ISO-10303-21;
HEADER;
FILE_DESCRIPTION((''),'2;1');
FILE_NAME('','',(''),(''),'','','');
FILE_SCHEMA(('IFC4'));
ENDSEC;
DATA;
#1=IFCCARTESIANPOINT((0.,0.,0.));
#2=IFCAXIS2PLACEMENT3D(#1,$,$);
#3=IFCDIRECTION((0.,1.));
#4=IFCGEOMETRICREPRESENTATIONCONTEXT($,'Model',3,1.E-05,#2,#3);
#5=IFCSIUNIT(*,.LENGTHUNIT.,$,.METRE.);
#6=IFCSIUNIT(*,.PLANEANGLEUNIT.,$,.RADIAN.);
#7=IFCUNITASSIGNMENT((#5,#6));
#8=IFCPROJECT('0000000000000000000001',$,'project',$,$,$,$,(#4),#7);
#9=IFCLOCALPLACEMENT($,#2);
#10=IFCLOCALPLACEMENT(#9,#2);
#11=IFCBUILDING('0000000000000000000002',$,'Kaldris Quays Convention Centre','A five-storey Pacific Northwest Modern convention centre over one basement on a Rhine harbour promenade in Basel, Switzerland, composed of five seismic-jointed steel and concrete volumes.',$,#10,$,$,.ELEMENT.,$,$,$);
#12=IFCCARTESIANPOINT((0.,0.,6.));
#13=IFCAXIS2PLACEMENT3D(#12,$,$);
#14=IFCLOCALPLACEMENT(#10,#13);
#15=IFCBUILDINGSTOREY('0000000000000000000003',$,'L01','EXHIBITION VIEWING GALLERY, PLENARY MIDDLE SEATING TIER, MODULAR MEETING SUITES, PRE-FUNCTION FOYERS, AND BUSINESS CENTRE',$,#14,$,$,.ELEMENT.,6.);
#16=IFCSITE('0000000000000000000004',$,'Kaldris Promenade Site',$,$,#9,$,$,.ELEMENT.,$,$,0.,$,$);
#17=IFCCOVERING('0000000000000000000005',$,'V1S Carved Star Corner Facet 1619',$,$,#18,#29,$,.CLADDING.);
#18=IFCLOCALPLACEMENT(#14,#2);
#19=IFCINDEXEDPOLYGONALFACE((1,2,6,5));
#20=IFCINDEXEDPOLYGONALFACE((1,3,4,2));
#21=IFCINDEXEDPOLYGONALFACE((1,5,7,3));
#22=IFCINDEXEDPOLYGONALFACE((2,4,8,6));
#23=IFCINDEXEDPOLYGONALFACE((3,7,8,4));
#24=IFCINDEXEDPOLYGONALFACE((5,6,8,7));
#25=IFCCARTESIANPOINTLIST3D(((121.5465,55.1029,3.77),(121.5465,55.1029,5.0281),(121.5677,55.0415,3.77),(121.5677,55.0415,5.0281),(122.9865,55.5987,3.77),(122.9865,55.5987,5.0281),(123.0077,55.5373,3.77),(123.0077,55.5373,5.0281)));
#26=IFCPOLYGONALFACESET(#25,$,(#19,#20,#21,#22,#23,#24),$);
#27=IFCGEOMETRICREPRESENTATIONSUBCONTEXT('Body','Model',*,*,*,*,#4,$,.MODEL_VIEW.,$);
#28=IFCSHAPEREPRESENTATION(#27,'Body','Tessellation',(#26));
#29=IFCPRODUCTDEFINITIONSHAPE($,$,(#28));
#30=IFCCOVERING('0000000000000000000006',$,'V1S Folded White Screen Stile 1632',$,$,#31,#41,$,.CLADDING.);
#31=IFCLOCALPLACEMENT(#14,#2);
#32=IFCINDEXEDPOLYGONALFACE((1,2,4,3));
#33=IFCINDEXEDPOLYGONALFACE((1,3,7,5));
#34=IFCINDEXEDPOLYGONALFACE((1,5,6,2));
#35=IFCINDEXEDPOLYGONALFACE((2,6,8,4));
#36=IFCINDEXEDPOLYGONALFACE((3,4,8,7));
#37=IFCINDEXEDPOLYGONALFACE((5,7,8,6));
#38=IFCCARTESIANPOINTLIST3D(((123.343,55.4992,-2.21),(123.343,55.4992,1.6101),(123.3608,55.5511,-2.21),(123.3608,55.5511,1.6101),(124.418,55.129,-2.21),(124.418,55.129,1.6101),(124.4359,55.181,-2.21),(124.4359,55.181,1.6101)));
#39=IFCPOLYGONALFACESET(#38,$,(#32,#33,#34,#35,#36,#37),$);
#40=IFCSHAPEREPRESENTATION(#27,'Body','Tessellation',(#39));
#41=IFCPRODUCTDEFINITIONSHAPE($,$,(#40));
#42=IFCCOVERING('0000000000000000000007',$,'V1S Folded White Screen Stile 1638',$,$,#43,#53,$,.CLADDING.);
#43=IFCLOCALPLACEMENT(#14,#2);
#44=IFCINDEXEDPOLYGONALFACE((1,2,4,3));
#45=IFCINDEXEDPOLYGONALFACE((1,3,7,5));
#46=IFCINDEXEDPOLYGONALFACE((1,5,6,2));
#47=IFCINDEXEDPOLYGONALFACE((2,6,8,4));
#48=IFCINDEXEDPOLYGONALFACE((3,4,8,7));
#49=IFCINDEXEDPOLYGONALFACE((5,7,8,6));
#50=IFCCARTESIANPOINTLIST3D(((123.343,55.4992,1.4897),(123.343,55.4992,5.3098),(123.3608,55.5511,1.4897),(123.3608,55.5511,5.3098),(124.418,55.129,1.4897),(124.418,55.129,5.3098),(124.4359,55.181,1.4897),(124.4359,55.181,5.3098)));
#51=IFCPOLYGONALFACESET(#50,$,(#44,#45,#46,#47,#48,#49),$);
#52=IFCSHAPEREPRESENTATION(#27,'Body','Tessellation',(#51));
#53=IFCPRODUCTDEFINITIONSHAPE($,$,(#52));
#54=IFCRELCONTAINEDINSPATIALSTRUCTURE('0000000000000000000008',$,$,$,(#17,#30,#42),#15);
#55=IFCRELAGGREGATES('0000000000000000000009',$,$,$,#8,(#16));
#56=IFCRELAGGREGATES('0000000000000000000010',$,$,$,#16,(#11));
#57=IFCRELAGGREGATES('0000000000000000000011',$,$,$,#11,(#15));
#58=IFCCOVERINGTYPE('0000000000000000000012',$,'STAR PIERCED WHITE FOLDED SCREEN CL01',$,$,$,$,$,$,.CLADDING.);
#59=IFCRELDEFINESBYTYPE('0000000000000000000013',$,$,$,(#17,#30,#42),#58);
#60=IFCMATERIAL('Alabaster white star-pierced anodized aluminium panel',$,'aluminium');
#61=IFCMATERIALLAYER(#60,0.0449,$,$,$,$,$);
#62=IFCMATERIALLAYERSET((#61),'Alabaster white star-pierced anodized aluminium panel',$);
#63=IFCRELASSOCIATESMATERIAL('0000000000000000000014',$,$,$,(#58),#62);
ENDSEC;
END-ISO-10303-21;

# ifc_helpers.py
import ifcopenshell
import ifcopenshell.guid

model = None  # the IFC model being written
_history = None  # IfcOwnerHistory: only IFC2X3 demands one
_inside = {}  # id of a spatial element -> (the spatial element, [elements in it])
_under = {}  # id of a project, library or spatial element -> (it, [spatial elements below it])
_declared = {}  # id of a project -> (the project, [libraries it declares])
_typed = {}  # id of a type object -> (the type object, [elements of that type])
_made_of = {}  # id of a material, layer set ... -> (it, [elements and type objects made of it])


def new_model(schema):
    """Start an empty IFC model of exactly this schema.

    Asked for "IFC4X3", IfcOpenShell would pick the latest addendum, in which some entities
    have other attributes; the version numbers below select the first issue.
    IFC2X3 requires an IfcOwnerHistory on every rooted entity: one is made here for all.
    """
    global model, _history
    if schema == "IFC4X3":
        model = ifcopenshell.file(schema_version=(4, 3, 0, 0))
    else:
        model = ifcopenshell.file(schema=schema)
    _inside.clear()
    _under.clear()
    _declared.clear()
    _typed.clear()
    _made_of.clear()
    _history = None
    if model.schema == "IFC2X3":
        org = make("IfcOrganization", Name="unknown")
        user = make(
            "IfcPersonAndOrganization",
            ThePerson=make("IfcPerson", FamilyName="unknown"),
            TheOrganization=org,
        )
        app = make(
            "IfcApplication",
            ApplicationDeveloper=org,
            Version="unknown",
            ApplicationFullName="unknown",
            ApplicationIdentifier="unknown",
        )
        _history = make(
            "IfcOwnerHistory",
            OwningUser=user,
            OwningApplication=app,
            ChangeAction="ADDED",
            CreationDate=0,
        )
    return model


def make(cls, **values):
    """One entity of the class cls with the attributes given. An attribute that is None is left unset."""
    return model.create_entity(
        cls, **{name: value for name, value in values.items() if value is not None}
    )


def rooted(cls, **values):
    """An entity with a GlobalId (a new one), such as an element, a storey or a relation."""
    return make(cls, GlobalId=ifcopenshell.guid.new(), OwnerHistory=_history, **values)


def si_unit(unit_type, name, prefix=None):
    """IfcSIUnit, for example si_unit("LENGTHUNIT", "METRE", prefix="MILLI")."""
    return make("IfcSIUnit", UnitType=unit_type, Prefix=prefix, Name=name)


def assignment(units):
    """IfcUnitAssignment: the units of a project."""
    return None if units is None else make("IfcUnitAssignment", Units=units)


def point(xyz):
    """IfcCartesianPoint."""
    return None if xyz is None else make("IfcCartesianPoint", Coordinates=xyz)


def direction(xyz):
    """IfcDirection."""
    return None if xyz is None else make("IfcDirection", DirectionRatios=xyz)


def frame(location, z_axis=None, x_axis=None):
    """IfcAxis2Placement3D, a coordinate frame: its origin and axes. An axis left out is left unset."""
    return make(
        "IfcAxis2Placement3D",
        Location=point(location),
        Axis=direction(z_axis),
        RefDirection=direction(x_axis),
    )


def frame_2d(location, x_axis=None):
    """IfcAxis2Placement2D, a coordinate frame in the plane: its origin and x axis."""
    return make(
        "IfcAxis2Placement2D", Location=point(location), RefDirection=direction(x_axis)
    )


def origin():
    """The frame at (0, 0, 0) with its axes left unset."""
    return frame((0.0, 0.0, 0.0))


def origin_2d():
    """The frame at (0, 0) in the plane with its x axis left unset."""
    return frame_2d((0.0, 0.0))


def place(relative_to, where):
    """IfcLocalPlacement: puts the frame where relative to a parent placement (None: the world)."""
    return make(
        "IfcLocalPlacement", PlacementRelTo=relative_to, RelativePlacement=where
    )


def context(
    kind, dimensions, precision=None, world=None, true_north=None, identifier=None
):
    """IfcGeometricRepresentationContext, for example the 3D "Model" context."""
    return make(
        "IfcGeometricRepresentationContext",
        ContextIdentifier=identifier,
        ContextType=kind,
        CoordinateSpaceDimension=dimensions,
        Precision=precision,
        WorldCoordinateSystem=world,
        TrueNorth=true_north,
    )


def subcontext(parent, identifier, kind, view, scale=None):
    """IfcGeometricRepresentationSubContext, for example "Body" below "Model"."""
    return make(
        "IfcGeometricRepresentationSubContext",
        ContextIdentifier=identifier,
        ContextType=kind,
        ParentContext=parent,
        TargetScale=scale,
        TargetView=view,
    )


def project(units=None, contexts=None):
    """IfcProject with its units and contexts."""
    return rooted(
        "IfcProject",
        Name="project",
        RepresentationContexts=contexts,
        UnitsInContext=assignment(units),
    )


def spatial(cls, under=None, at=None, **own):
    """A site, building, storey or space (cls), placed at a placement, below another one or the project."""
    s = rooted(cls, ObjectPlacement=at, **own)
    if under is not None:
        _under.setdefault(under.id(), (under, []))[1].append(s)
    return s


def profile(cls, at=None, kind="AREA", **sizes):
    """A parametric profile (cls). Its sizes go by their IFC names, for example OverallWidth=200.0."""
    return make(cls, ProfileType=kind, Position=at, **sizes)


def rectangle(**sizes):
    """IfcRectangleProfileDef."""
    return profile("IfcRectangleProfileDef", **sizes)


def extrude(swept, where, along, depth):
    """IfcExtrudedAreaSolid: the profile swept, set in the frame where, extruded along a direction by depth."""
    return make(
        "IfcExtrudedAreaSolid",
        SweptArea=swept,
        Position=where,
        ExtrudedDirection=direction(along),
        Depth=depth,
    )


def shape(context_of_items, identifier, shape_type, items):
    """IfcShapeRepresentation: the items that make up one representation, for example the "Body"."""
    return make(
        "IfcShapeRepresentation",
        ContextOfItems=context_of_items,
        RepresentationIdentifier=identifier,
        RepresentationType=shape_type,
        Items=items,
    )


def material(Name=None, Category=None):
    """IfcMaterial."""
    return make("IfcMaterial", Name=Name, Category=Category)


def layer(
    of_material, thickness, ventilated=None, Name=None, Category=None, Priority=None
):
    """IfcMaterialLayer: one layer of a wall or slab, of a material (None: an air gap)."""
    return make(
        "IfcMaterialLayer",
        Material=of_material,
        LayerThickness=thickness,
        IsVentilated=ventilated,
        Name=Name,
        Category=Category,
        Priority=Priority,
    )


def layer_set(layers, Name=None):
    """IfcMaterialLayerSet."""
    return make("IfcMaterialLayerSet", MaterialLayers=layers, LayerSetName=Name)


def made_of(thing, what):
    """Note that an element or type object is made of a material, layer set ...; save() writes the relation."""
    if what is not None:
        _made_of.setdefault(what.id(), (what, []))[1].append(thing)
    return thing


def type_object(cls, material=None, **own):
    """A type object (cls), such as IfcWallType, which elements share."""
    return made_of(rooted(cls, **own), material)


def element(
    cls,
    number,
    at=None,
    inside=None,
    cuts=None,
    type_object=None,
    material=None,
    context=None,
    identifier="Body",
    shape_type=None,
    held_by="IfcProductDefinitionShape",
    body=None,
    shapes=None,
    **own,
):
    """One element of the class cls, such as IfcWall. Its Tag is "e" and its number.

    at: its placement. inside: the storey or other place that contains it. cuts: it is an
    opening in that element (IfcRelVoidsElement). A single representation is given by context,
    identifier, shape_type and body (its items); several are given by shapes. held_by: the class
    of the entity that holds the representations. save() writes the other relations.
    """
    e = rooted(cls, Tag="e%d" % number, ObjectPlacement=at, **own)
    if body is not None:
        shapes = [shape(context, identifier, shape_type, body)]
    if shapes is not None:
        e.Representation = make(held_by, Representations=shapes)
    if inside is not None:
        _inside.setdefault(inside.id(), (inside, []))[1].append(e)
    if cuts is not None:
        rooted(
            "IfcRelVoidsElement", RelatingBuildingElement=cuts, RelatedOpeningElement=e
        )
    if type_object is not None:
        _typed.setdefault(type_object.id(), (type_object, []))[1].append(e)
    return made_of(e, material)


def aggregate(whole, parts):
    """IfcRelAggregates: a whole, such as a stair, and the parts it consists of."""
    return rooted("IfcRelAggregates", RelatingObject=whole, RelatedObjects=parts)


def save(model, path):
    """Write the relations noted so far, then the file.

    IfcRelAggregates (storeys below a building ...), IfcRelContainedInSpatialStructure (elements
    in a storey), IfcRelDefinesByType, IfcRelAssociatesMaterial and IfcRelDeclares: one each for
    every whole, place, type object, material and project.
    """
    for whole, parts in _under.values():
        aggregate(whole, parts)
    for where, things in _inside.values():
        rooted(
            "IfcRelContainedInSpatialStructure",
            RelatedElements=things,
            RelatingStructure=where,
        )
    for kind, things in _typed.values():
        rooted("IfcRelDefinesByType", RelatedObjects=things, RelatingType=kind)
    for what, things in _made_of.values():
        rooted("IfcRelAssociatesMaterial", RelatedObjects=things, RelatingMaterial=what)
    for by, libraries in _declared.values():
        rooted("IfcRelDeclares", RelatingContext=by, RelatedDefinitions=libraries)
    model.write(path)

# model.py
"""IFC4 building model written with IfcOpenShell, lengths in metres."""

from ifc_helpers import new_model, si_unit, direction, frame, origin, origin_2d, place, context, subcontext, project, spatial, rectangle, extrude, material, layer, layer_set, type_object, element, save


model = new_model("IFC4")

# Units and contexts
model_context = context("Model", 3, precision=1e-05, world=origin(), true_north=direction((0.0, 1.0)))
body_context = subcontext(model_context, "Body", "Model", "MODEL_VIEW")
ifc_project = project(units=[si_unit("LENGTHUNIT", "METRE"), si_unit("PLANEANGLEUNIT", "RADIAN")], contexts=[model_context])

# Site, building, storey
site_placement = place(None, origin())
site = spatial("IfcSite", under=ifc_project, at=site_placement, Name="Kaldris Promenade Site", CompositionType="ELEMENT", RefElevation=0.0)
building_placement = place(site_placement, origin())
building = spatial("IfcBuilding", under=site, at=building_placement, Name="Kaldris Quays Convention Centre", Description="A five-storey Pacific Northwest Modern convention centre over one basement on a Rhine harbour promenade in Basel, Switzerland, composed of five seismic-jointed steel and concrete volumes.", CompositionType="ELEMENT")
storey_placement = place(building_placement, frame((0.0, 0.0, 6.0)))
storey = spatial("IfcBuildingStorey", under=building, at=storey_placement, Name="L01", Description="EXHIBITION VIEWING GALLERY, PLENARY MIDDLE SEATING TIER, MODULAR MEETING SUITES, PRE-FUNCTION FOYERS, AND BUSINESS CENTRE", CompositionType="ELEMENT", Elevation=6.0)

# Coverings
ifc_material_1 = material(Name="Alabaster white star-pierced anodized aluminium panel", Category="aluminium")
ifc_layer_1 = layer(ifc_material_1, 0.0449)
ifc_layer_set_1 = layer_set([ifc_layer_1], Name="Alabaster white star-pierced anodized aluminium panel")
covering_type = type_object("IfcCoveringType", Name="STAR PIERCED WHITE FOLDED SCREEN CL01", PredefinedType="CLADDING", material=ifc_layer_set_1)
for number, where, z_axis, x_axis, name in (
    (1, (122.2771, 55.3201, 3.77), (0.0, 0.0, 1.0), (0.945519, 0.325568, 0.0), "V1S Carved Star Corner Facet 1619"),
):
    element("IfcCovering", number, at=place(storey_placement, frame(where, z_axis=z_axis, x_axis=x_axis)), inside=storey, type_object=covering_type, Name=name, PredefinedType="CLADDING", context=body_context, shape_type="SweptSolid", body=[
        extrude(rectangle(XDim=1.5229, YDim=0.0649, at=origin_2d()), origin(), (0.0, 0.0, 1.0), 1.2581),
    ])
for number, where, z_axis, x_axis, name in (
    (2, (123.8894, 55.3401, -2.21), (0.0, 0.0, 1.0), (0.945519, -0.325568, 0.0), "V1S Folded White Screen Stile 1632"),
    (3, (123.8894, 55.3401, 1.4897), (0.0, 0.0, 1.0), (0.945519, -0.325568, 0.0), "V1S Folded White Screen Stile 1638"),
):
    element("IfcCovering", number, at=place(storey_placement, frame(where, z_axis=z_axis, x_axis=x_axis)), inside=storey, type_object=covering_type, Name=name, PredefinedType="CLADDING", context=body_context, shape_type="SweptSolid", body=[
        extrude(rectangle(XDim=1.137, YDim=0.0549, at=origin_2d()), origin(), (0.0, 0.0, 1.0), 3.8201),
    ])

save(model, "model.ifc")
